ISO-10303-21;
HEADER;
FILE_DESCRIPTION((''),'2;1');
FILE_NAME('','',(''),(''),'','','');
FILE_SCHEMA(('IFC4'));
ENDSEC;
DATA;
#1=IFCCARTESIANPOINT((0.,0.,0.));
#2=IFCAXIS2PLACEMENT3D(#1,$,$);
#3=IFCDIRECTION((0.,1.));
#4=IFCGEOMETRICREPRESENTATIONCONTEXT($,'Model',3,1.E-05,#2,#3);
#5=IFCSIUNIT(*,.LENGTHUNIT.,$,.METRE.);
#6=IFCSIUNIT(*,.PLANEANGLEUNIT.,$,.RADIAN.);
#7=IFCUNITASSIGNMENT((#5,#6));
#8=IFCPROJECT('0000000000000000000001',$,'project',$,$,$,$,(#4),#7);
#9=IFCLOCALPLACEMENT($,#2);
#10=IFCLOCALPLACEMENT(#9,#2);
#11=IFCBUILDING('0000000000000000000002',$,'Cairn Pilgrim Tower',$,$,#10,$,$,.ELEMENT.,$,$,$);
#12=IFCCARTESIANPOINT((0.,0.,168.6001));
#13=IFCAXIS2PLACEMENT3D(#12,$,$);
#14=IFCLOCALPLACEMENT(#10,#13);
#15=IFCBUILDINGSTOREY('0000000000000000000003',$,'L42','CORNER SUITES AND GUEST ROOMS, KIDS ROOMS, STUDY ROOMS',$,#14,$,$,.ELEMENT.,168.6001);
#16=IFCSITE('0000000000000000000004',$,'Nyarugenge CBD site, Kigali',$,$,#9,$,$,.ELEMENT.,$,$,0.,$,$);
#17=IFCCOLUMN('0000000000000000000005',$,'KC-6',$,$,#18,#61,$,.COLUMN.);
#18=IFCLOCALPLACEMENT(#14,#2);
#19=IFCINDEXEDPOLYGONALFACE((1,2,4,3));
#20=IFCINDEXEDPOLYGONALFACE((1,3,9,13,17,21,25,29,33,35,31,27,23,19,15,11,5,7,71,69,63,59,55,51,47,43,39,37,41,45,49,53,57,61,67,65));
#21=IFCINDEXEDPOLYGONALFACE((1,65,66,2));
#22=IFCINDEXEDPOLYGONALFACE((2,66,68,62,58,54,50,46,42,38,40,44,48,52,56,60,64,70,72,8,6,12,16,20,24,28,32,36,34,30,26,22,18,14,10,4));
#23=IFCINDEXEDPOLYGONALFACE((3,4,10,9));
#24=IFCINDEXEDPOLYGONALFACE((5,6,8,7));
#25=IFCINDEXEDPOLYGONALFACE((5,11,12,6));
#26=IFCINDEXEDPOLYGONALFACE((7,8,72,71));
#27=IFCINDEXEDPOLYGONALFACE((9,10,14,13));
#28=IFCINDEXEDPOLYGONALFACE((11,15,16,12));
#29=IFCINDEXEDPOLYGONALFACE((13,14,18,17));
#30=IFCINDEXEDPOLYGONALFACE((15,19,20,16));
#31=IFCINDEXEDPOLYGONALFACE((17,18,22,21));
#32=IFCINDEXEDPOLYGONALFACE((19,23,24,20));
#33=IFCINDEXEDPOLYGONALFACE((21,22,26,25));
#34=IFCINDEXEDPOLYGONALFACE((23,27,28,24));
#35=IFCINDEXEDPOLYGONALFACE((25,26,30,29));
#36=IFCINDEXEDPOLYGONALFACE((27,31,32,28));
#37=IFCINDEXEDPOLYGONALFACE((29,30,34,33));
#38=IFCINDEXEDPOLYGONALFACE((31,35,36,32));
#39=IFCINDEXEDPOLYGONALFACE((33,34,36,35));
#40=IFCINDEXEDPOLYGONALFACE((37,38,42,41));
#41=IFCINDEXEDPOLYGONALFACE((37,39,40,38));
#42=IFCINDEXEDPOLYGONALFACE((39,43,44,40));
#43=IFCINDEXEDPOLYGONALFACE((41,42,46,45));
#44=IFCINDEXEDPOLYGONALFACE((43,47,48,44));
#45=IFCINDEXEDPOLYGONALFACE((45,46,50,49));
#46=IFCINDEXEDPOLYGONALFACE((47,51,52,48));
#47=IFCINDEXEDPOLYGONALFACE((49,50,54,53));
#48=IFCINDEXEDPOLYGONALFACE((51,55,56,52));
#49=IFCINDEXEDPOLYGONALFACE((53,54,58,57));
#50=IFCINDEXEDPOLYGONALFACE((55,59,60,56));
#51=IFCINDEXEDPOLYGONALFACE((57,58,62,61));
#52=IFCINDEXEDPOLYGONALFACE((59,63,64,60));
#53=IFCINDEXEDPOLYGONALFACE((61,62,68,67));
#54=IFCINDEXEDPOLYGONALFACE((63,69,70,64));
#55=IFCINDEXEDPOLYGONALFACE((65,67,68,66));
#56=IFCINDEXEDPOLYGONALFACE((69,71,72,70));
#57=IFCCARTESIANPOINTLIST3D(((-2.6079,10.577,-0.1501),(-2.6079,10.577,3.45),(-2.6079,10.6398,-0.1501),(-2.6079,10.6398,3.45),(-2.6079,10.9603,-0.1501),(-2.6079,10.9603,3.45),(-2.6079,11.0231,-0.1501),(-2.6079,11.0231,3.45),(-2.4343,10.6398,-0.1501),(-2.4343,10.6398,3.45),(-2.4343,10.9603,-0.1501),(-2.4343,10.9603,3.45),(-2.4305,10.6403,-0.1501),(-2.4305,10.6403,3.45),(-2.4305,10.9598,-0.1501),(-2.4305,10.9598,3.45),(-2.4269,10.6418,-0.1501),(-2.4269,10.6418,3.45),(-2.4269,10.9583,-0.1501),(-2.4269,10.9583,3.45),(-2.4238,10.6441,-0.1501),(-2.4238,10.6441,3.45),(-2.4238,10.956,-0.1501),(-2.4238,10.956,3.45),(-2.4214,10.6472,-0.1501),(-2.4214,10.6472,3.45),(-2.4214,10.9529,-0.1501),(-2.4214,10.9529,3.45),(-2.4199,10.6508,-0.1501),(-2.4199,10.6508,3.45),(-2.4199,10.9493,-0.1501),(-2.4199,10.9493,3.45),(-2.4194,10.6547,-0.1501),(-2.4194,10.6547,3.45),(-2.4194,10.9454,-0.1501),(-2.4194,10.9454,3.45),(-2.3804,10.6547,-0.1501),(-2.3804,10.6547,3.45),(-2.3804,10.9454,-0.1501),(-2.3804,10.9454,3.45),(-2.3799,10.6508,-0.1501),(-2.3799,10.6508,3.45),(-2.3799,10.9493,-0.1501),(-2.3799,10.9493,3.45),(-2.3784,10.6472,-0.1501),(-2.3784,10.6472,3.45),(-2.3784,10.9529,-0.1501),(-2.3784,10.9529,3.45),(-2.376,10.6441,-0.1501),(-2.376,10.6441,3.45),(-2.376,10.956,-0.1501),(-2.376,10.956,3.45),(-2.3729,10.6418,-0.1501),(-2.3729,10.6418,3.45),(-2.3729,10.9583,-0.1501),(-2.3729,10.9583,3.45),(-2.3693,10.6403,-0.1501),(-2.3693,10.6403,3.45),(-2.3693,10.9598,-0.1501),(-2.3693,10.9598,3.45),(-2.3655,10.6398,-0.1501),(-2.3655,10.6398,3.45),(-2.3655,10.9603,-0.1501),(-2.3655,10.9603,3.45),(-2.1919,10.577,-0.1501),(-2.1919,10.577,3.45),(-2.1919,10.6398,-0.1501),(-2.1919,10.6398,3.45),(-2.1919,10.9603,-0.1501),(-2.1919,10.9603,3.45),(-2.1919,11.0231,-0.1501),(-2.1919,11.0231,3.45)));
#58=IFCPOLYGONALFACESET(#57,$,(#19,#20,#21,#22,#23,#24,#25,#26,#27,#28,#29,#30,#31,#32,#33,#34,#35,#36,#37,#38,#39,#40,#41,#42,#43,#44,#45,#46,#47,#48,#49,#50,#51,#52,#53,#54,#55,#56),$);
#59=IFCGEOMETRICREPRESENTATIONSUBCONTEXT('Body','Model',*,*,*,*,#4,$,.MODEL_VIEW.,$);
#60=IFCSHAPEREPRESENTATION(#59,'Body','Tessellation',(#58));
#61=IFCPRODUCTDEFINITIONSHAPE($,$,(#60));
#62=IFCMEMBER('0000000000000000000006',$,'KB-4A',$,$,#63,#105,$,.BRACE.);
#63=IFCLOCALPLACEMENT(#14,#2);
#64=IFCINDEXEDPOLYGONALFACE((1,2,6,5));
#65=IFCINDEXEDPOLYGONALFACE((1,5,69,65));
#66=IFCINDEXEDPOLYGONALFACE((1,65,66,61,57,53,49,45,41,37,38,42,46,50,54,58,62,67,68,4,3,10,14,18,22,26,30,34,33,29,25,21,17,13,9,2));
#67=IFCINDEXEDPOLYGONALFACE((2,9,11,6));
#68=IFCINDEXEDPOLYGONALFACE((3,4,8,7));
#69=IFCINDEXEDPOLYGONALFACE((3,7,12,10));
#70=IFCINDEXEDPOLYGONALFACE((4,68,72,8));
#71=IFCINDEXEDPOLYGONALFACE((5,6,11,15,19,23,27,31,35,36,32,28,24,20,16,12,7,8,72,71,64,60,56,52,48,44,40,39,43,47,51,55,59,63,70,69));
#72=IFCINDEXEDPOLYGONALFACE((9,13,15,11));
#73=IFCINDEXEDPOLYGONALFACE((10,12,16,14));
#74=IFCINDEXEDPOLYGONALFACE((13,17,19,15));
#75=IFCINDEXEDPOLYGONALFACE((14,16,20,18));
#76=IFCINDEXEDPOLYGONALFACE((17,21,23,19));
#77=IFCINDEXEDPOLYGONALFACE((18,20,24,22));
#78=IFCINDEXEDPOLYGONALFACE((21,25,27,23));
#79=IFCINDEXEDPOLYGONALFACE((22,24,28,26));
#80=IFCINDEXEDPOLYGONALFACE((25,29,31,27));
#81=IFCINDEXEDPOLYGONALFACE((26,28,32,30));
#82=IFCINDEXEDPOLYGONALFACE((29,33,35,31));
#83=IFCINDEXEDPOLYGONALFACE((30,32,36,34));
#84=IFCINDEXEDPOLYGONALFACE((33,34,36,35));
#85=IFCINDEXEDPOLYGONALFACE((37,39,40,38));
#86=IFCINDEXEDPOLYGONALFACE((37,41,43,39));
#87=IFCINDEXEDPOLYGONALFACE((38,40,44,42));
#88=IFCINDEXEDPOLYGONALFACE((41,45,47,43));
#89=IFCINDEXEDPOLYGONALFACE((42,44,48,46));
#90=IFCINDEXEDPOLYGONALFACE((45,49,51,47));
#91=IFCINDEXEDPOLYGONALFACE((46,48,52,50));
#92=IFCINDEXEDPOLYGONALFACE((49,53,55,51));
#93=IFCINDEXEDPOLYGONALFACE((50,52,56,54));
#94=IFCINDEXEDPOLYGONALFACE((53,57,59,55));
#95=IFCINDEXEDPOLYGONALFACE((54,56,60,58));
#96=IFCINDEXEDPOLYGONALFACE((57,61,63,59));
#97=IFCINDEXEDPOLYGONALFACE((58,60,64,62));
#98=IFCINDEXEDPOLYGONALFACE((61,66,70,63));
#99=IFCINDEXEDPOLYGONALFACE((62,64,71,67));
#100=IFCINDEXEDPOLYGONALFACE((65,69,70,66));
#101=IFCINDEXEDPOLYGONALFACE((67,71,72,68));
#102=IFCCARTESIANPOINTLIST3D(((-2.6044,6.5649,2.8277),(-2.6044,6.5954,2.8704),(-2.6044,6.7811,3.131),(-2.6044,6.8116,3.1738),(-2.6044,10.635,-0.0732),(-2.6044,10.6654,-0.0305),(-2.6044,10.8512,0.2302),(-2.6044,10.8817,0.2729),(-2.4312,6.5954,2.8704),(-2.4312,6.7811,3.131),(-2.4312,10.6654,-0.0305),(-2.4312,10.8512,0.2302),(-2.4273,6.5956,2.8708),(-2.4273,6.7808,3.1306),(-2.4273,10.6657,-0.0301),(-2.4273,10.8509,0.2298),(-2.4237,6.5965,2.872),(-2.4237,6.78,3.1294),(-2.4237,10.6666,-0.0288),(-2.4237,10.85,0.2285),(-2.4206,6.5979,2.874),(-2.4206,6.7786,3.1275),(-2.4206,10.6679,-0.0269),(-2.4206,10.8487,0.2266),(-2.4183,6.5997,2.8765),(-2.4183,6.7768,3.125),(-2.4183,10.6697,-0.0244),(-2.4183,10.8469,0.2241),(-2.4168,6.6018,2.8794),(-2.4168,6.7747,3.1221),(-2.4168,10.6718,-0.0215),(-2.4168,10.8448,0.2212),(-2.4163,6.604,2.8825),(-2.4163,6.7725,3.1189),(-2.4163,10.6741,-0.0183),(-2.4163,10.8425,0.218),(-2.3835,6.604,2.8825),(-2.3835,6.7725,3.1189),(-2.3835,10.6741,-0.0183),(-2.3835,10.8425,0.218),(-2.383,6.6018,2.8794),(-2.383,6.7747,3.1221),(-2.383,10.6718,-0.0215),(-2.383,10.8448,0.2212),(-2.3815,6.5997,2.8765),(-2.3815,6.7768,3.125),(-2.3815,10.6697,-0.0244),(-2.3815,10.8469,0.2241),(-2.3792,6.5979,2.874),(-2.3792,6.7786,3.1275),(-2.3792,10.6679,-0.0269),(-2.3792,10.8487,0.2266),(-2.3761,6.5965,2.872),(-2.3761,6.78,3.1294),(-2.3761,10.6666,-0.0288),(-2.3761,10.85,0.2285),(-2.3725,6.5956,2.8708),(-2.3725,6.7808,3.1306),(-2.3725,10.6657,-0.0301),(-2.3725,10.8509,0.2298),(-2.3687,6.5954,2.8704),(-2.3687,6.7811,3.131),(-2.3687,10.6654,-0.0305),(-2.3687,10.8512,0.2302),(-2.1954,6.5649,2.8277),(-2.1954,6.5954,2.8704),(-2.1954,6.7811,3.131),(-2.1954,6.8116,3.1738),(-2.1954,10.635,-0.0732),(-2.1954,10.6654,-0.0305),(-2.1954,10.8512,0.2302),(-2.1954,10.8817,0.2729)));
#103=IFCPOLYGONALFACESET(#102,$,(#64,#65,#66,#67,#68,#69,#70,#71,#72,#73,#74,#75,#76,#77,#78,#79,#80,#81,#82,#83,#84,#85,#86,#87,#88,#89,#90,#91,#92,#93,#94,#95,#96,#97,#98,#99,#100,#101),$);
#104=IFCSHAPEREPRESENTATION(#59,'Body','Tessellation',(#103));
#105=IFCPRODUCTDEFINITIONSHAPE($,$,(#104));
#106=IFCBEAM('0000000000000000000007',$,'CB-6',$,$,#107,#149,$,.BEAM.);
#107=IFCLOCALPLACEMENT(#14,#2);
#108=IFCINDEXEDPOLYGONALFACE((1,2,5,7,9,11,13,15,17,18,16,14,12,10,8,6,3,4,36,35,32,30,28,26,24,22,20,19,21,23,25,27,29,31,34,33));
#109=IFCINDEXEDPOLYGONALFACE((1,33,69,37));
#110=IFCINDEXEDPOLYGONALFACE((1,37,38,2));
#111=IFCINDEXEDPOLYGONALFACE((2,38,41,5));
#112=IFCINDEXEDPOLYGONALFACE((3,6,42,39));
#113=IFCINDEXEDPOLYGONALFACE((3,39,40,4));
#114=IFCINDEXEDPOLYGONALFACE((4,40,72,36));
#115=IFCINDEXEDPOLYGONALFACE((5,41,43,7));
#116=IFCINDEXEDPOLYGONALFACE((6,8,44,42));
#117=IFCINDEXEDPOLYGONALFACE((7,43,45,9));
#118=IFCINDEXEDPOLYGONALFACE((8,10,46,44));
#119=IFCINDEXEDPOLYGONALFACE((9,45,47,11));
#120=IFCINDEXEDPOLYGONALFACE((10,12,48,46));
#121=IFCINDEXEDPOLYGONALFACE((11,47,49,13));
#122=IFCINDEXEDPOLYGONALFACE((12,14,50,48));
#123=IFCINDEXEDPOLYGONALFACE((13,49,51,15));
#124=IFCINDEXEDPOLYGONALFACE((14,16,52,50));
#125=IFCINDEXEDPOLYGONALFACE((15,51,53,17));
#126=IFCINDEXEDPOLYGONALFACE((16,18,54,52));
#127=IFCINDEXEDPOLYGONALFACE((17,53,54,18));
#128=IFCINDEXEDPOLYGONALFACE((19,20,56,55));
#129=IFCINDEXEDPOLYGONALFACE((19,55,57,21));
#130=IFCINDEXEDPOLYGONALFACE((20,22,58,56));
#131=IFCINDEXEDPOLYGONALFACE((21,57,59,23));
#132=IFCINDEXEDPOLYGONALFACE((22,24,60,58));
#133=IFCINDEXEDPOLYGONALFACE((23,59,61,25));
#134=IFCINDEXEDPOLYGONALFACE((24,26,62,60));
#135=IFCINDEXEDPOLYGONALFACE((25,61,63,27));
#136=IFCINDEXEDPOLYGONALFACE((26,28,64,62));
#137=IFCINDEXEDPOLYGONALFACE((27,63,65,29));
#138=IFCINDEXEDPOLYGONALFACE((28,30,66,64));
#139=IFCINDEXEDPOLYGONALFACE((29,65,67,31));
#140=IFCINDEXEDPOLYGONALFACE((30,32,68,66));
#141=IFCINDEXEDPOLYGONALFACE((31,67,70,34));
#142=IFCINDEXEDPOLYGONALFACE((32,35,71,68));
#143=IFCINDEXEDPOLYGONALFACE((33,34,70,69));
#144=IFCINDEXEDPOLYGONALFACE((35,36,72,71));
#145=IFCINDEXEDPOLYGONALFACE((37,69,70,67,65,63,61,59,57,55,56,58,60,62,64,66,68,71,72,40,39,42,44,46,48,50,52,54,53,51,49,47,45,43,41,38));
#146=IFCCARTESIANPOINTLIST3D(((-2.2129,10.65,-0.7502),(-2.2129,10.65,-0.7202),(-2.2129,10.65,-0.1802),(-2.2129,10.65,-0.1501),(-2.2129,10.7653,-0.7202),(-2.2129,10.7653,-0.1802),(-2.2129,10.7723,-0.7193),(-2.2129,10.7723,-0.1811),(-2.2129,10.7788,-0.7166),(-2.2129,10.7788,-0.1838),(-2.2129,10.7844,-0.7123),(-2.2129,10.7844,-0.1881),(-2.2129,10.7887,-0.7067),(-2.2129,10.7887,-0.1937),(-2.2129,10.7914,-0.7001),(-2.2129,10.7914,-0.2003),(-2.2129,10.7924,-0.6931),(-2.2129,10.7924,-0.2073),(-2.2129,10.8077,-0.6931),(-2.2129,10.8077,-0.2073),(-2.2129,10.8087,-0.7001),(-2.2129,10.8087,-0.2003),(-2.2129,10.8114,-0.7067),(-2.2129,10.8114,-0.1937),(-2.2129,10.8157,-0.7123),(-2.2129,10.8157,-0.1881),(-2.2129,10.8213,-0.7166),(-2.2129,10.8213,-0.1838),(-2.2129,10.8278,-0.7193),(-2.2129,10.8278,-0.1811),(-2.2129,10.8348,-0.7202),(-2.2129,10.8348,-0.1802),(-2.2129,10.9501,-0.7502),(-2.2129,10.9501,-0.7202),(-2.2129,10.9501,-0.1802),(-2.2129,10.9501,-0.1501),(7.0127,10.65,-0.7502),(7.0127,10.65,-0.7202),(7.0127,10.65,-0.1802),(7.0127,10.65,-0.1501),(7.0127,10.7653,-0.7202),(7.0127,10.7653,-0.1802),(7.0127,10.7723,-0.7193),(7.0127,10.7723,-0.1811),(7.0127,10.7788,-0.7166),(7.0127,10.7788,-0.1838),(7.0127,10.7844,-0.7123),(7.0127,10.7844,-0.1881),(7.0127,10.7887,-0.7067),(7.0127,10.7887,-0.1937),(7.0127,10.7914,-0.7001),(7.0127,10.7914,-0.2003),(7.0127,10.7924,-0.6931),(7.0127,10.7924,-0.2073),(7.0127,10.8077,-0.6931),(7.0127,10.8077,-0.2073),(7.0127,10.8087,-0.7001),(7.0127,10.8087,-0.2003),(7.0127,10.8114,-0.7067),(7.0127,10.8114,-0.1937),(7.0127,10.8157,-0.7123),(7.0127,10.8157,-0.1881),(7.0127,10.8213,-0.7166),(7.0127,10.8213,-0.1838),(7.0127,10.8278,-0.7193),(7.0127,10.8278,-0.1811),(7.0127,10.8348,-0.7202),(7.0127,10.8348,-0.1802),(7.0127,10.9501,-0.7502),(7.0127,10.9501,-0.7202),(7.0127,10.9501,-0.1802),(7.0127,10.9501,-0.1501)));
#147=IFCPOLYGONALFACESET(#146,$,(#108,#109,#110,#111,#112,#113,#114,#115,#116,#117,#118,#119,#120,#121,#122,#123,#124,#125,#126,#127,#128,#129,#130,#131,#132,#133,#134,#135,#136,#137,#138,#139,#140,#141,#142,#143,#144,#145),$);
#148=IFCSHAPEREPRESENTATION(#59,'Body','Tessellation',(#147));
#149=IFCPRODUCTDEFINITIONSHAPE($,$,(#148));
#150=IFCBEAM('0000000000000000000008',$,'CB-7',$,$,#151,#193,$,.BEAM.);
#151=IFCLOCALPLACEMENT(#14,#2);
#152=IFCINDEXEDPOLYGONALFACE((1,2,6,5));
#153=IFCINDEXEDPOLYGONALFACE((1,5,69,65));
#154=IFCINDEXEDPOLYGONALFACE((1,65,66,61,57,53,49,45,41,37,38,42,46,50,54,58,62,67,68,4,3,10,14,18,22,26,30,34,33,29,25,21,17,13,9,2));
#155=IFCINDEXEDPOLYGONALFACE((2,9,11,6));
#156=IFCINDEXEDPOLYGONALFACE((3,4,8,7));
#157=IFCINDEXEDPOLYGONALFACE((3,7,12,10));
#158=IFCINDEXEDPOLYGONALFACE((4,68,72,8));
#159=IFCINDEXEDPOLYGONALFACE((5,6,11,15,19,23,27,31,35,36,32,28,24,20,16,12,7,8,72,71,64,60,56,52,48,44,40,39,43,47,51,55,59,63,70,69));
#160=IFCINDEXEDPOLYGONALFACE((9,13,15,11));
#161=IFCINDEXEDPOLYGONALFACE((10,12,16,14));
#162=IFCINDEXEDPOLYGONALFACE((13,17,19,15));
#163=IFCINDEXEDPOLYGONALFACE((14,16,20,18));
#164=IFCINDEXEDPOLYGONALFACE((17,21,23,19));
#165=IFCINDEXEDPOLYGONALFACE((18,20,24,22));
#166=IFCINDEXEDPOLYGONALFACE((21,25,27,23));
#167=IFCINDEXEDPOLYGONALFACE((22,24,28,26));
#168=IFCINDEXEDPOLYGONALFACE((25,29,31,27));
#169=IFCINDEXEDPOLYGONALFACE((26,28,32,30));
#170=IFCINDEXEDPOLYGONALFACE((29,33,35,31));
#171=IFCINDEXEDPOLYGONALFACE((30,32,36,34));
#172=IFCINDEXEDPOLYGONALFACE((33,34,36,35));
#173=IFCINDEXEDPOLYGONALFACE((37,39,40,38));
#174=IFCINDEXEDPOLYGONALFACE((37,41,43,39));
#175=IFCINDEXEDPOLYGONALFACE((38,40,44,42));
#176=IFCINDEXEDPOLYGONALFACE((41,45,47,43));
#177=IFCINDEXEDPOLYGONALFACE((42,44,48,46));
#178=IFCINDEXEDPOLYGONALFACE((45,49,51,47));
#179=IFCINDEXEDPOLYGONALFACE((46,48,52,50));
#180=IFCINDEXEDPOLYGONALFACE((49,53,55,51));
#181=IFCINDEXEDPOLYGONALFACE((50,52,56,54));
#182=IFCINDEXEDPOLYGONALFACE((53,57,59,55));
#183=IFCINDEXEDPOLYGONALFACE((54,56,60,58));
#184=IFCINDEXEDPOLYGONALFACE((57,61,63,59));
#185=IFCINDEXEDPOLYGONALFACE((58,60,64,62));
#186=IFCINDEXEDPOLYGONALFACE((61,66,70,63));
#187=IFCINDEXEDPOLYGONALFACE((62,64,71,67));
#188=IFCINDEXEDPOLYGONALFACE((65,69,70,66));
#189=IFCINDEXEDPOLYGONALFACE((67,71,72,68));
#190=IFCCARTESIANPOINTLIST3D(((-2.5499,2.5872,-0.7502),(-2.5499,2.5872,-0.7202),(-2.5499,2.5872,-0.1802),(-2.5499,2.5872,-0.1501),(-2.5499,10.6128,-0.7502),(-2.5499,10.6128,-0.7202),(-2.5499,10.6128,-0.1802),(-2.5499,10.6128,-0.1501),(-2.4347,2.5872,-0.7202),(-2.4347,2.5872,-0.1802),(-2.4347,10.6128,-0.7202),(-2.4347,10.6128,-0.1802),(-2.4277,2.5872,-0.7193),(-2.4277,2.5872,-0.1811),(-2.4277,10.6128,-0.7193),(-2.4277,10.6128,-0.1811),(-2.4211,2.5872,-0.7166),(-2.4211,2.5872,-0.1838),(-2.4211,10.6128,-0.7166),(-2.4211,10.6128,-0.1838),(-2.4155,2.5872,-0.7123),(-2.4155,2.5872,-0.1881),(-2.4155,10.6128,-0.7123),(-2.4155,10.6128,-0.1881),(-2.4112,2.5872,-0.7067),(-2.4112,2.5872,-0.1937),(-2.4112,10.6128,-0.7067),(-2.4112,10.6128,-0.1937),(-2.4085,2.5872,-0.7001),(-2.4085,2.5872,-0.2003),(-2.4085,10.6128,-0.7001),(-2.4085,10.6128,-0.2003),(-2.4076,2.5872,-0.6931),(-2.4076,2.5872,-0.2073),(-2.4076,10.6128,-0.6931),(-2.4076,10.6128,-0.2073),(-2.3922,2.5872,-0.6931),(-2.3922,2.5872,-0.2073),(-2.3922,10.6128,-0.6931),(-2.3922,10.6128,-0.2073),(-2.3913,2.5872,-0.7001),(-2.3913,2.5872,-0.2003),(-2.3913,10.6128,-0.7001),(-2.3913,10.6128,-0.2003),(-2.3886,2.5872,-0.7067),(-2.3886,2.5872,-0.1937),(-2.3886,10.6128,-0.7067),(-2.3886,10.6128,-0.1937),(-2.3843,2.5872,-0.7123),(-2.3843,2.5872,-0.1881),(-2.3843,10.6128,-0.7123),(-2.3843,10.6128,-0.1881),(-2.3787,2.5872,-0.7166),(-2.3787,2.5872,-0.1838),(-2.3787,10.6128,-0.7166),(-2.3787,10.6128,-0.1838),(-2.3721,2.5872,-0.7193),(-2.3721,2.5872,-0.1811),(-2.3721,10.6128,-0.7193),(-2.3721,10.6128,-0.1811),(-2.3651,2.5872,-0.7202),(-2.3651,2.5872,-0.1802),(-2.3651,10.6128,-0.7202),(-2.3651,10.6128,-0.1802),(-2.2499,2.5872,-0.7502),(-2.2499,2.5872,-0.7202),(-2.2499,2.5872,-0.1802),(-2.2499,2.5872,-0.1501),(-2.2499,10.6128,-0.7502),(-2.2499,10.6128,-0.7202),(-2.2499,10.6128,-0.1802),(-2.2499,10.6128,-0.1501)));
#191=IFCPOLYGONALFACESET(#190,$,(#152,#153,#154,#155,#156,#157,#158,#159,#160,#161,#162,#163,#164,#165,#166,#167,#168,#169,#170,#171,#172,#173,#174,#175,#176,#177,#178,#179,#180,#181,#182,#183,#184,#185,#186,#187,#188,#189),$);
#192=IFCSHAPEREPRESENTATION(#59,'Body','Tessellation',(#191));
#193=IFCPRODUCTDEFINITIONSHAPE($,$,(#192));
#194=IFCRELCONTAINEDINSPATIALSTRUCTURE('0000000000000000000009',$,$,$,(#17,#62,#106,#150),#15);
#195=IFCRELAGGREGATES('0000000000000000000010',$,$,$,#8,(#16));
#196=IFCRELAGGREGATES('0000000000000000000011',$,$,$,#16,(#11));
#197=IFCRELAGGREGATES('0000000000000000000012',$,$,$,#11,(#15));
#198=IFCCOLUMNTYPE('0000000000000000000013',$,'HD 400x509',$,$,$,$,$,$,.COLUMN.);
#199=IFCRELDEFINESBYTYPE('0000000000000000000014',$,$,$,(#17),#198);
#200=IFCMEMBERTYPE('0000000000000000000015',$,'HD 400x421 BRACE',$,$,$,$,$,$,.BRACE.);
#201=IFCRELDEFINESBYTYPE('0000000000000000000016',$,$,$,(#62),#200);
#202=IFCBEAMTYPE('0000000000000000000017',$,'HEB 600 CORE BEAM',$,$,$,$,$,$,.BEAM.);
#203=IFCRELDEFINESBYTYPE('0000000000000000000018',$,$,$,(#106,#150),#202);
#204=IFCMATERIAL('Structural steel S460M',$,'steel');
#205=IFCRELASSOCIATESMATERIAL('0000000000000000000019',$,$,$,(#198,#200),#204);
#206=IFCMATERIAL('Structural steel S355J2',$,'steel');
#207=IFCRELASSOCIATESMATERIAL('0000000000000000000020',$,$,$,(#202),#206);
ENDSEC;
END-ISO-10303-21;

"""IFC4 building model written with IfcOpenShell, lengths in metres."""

from ifc_helpers import new_model, si_unit, direction, frame, origin, origin_2d, place, context, subcontext, project, spatial, i_section, extrude, material, material_profile, profile_set, type_object, element, save


model = new_model("IFC4")

# Units and contexts
model_context = context("Model", 3, precision=1e-05, world=origin(), true_north=direction((0.0, 1.0)))
body_context = subcontext(model_context, "Body", "Model", "MODEL_VIEW")
ifc_project = project(units=[si_unit("LENGTHUNIT", "METRE"), si_unit("PLANEANGLEUNIT", "RADIAN")], contexts=[model_context])

# Site, building, storey
site_placement = place(None, origin())
site = spatial("IfcSite", under=ifc_project, at=site_placement, Name="Nyarugenge CBD site, Kigali", CompositionType="ELEMENT", RefElevation=0.0)
building_placement = place(site_placement, origin())
building = spatial("IfcBuilding", under=site, at=building_placement, Name="Cairn Pilgrim Tower", CompositionType="ELEMENT")
storey_placement = place(building_placement, frame((0.0, 0.0, 168.6001)))
storey = spatial("IfcBuildingStorey", under=building, at=storey_placement, Name="L42", Description="CORNER SUITES AND GUEST ROOMS, KIDS ROOMS, STUDY ROOMS", CompositionType="ELEMENT", Elevation=168.6001)

# Column
ifc_material_1 = material(Name="Structural steel S460M", Category="steel")
ifc_material_profile_1 = material_profile(ifc_material_1, i_section(OverallWidth=0.416, OverallDepth=0.446, WebThickness=0.0391, FlangeThickness=0.0627, FilletRadius=0.0149, at=origin_2d()), Name="HD 400x509")
ifc_profile_set_1 = profile_set([ifc_material_profile_1], Name="Structural steel S460M")
column_type = type_object("IfcColumnType", Name="HD 400x509", PredefinedType="COLUMN", material=ifc_profile_set_1)
column_placement = place(storey_placement, frame((-2.3999, 10.8, -0.1501), z_axis=(0.0, 0.0, 1.0), x_axis=(1.0, 0.0, 0.0)))
element("IfcColumn", 1, at=column_placement, inside=storey, type_object=column_type, Name="KC-6", PredefinedType="COLUMN", context=body_context, shape_type="SweptSolid", body=[
    extrude(i_section(OverallWidth=0.416, OverallDepth=0.446, WebThickness=0.0391, FlangeThickness=0.0627, FilletRadius=0.0149, at=origin_2d()), origin(), (0.0, 0.0, 1.0), 3.6001),
])

# Member
ifc_material_profile_2 = material_profile(ifc_material_1, i_section(OverallWidth=0.4089, OverallDepth=0.425, WebThickness=0.0327, FlangeThickness=0.0525, FilletRadius=0.0149, at=origin_2d()), Name="HD 400x421")
ifc_profile_set_2 = profile_set([ifc_material_profile_2], Name="Structural steel S460M")
member_type = type_object("IfcMemberType", Name="HD 400x421 BRACE", PredefinedType="BRACE", material=ifc_profile_set_2)
member_placement = place(storey_placement, frame((-2.3999, 10.7583, 0.0999), z_axis=(0.0, -0.81433, 0.580402), x_axis=(1.0, 0.0, 0.0)))
element("IfcMember", 2, at=member_placement, inside=storey, type_object=member_type, Name="KB-4A", PredefinedType="BRACE", context=body_context, shape_type="SweptSolid", body=[
    extrude(i_section(OverallWidth=0.4089, OverallDepth=0.425, WebThickness=0.0327, FlangeThickness=0.0525, FilletRadius=0.0149, at=origin_2d()), origin(), (0.0, 0.0, 1.0), 4.998),
])

# Beams
ifc_material_2 = material(Name="Structural steel S355J2", Category="steel")
ifc_material_profile_3 = material_profile(ifc_material_2, i_section(OverallWidth=0.3, OverallDepth=0.6001, WebThickness=0.0154, FlangeThickness=0.03, FilletRadius=0.0271, at=origin_2d()), Name="HEB 600")
ifc_profile_set_3 = profile_set([ifc_material_profile_3], Name="Structural steel S355J2")
beam_type = type_object("IfcBeamType", Name="HEB 600 CORE BEAM", PredefinedType="BEAM", material=ifc_profile_set_3)
beam_1_placement = place(storey_placement, frame((7.0127, 10.8, -0.4502), z_axis=(-1.0, 0.0, 0.0), x_axis=(0.0, -1.0, 0.0)))
element("IfcBeam", 3, at=beam_1_placement, inside=storey, type_object=beam_type, Name="CB-6", PredefinedType="BEAM", context=body_context, shape_type="SweptSolid", body=[
    extrude(i_section(OverallWidth=0.3, OverallDepth=0.6001, WebThickness=0.0154, FlangeThickness=0.03, FilletRadius=0.0271, at=origin_2d()), origin(), (0.0, 0.0, 1.0), 9.2256),
])
beam_2_placement = place(storey_placement, frame((-2.3999, 10.6128, -0.4502), z_axis=(0.0, -1.0, 0.0), x_axis=(1.0, 0.0, 0.0)))
element("IfcBeam", 4, at=beam_2_placement, inside=storey, type_object=beam_type, Name="CB-7", PredefinedType="BEAM", context=body_context, shape_type="SweptSolid", body=[
    extrude(i_section(OverallWidth=0.3, OverallDepth=0.6001, WebThickness=0.0154, FlangeThickness=0.03, FilletRadius=0.0271, at=origin_2d()), origin(), (0.0, 0.0, 1.0), 8.0256),
])

save(model, "model.ifc")
